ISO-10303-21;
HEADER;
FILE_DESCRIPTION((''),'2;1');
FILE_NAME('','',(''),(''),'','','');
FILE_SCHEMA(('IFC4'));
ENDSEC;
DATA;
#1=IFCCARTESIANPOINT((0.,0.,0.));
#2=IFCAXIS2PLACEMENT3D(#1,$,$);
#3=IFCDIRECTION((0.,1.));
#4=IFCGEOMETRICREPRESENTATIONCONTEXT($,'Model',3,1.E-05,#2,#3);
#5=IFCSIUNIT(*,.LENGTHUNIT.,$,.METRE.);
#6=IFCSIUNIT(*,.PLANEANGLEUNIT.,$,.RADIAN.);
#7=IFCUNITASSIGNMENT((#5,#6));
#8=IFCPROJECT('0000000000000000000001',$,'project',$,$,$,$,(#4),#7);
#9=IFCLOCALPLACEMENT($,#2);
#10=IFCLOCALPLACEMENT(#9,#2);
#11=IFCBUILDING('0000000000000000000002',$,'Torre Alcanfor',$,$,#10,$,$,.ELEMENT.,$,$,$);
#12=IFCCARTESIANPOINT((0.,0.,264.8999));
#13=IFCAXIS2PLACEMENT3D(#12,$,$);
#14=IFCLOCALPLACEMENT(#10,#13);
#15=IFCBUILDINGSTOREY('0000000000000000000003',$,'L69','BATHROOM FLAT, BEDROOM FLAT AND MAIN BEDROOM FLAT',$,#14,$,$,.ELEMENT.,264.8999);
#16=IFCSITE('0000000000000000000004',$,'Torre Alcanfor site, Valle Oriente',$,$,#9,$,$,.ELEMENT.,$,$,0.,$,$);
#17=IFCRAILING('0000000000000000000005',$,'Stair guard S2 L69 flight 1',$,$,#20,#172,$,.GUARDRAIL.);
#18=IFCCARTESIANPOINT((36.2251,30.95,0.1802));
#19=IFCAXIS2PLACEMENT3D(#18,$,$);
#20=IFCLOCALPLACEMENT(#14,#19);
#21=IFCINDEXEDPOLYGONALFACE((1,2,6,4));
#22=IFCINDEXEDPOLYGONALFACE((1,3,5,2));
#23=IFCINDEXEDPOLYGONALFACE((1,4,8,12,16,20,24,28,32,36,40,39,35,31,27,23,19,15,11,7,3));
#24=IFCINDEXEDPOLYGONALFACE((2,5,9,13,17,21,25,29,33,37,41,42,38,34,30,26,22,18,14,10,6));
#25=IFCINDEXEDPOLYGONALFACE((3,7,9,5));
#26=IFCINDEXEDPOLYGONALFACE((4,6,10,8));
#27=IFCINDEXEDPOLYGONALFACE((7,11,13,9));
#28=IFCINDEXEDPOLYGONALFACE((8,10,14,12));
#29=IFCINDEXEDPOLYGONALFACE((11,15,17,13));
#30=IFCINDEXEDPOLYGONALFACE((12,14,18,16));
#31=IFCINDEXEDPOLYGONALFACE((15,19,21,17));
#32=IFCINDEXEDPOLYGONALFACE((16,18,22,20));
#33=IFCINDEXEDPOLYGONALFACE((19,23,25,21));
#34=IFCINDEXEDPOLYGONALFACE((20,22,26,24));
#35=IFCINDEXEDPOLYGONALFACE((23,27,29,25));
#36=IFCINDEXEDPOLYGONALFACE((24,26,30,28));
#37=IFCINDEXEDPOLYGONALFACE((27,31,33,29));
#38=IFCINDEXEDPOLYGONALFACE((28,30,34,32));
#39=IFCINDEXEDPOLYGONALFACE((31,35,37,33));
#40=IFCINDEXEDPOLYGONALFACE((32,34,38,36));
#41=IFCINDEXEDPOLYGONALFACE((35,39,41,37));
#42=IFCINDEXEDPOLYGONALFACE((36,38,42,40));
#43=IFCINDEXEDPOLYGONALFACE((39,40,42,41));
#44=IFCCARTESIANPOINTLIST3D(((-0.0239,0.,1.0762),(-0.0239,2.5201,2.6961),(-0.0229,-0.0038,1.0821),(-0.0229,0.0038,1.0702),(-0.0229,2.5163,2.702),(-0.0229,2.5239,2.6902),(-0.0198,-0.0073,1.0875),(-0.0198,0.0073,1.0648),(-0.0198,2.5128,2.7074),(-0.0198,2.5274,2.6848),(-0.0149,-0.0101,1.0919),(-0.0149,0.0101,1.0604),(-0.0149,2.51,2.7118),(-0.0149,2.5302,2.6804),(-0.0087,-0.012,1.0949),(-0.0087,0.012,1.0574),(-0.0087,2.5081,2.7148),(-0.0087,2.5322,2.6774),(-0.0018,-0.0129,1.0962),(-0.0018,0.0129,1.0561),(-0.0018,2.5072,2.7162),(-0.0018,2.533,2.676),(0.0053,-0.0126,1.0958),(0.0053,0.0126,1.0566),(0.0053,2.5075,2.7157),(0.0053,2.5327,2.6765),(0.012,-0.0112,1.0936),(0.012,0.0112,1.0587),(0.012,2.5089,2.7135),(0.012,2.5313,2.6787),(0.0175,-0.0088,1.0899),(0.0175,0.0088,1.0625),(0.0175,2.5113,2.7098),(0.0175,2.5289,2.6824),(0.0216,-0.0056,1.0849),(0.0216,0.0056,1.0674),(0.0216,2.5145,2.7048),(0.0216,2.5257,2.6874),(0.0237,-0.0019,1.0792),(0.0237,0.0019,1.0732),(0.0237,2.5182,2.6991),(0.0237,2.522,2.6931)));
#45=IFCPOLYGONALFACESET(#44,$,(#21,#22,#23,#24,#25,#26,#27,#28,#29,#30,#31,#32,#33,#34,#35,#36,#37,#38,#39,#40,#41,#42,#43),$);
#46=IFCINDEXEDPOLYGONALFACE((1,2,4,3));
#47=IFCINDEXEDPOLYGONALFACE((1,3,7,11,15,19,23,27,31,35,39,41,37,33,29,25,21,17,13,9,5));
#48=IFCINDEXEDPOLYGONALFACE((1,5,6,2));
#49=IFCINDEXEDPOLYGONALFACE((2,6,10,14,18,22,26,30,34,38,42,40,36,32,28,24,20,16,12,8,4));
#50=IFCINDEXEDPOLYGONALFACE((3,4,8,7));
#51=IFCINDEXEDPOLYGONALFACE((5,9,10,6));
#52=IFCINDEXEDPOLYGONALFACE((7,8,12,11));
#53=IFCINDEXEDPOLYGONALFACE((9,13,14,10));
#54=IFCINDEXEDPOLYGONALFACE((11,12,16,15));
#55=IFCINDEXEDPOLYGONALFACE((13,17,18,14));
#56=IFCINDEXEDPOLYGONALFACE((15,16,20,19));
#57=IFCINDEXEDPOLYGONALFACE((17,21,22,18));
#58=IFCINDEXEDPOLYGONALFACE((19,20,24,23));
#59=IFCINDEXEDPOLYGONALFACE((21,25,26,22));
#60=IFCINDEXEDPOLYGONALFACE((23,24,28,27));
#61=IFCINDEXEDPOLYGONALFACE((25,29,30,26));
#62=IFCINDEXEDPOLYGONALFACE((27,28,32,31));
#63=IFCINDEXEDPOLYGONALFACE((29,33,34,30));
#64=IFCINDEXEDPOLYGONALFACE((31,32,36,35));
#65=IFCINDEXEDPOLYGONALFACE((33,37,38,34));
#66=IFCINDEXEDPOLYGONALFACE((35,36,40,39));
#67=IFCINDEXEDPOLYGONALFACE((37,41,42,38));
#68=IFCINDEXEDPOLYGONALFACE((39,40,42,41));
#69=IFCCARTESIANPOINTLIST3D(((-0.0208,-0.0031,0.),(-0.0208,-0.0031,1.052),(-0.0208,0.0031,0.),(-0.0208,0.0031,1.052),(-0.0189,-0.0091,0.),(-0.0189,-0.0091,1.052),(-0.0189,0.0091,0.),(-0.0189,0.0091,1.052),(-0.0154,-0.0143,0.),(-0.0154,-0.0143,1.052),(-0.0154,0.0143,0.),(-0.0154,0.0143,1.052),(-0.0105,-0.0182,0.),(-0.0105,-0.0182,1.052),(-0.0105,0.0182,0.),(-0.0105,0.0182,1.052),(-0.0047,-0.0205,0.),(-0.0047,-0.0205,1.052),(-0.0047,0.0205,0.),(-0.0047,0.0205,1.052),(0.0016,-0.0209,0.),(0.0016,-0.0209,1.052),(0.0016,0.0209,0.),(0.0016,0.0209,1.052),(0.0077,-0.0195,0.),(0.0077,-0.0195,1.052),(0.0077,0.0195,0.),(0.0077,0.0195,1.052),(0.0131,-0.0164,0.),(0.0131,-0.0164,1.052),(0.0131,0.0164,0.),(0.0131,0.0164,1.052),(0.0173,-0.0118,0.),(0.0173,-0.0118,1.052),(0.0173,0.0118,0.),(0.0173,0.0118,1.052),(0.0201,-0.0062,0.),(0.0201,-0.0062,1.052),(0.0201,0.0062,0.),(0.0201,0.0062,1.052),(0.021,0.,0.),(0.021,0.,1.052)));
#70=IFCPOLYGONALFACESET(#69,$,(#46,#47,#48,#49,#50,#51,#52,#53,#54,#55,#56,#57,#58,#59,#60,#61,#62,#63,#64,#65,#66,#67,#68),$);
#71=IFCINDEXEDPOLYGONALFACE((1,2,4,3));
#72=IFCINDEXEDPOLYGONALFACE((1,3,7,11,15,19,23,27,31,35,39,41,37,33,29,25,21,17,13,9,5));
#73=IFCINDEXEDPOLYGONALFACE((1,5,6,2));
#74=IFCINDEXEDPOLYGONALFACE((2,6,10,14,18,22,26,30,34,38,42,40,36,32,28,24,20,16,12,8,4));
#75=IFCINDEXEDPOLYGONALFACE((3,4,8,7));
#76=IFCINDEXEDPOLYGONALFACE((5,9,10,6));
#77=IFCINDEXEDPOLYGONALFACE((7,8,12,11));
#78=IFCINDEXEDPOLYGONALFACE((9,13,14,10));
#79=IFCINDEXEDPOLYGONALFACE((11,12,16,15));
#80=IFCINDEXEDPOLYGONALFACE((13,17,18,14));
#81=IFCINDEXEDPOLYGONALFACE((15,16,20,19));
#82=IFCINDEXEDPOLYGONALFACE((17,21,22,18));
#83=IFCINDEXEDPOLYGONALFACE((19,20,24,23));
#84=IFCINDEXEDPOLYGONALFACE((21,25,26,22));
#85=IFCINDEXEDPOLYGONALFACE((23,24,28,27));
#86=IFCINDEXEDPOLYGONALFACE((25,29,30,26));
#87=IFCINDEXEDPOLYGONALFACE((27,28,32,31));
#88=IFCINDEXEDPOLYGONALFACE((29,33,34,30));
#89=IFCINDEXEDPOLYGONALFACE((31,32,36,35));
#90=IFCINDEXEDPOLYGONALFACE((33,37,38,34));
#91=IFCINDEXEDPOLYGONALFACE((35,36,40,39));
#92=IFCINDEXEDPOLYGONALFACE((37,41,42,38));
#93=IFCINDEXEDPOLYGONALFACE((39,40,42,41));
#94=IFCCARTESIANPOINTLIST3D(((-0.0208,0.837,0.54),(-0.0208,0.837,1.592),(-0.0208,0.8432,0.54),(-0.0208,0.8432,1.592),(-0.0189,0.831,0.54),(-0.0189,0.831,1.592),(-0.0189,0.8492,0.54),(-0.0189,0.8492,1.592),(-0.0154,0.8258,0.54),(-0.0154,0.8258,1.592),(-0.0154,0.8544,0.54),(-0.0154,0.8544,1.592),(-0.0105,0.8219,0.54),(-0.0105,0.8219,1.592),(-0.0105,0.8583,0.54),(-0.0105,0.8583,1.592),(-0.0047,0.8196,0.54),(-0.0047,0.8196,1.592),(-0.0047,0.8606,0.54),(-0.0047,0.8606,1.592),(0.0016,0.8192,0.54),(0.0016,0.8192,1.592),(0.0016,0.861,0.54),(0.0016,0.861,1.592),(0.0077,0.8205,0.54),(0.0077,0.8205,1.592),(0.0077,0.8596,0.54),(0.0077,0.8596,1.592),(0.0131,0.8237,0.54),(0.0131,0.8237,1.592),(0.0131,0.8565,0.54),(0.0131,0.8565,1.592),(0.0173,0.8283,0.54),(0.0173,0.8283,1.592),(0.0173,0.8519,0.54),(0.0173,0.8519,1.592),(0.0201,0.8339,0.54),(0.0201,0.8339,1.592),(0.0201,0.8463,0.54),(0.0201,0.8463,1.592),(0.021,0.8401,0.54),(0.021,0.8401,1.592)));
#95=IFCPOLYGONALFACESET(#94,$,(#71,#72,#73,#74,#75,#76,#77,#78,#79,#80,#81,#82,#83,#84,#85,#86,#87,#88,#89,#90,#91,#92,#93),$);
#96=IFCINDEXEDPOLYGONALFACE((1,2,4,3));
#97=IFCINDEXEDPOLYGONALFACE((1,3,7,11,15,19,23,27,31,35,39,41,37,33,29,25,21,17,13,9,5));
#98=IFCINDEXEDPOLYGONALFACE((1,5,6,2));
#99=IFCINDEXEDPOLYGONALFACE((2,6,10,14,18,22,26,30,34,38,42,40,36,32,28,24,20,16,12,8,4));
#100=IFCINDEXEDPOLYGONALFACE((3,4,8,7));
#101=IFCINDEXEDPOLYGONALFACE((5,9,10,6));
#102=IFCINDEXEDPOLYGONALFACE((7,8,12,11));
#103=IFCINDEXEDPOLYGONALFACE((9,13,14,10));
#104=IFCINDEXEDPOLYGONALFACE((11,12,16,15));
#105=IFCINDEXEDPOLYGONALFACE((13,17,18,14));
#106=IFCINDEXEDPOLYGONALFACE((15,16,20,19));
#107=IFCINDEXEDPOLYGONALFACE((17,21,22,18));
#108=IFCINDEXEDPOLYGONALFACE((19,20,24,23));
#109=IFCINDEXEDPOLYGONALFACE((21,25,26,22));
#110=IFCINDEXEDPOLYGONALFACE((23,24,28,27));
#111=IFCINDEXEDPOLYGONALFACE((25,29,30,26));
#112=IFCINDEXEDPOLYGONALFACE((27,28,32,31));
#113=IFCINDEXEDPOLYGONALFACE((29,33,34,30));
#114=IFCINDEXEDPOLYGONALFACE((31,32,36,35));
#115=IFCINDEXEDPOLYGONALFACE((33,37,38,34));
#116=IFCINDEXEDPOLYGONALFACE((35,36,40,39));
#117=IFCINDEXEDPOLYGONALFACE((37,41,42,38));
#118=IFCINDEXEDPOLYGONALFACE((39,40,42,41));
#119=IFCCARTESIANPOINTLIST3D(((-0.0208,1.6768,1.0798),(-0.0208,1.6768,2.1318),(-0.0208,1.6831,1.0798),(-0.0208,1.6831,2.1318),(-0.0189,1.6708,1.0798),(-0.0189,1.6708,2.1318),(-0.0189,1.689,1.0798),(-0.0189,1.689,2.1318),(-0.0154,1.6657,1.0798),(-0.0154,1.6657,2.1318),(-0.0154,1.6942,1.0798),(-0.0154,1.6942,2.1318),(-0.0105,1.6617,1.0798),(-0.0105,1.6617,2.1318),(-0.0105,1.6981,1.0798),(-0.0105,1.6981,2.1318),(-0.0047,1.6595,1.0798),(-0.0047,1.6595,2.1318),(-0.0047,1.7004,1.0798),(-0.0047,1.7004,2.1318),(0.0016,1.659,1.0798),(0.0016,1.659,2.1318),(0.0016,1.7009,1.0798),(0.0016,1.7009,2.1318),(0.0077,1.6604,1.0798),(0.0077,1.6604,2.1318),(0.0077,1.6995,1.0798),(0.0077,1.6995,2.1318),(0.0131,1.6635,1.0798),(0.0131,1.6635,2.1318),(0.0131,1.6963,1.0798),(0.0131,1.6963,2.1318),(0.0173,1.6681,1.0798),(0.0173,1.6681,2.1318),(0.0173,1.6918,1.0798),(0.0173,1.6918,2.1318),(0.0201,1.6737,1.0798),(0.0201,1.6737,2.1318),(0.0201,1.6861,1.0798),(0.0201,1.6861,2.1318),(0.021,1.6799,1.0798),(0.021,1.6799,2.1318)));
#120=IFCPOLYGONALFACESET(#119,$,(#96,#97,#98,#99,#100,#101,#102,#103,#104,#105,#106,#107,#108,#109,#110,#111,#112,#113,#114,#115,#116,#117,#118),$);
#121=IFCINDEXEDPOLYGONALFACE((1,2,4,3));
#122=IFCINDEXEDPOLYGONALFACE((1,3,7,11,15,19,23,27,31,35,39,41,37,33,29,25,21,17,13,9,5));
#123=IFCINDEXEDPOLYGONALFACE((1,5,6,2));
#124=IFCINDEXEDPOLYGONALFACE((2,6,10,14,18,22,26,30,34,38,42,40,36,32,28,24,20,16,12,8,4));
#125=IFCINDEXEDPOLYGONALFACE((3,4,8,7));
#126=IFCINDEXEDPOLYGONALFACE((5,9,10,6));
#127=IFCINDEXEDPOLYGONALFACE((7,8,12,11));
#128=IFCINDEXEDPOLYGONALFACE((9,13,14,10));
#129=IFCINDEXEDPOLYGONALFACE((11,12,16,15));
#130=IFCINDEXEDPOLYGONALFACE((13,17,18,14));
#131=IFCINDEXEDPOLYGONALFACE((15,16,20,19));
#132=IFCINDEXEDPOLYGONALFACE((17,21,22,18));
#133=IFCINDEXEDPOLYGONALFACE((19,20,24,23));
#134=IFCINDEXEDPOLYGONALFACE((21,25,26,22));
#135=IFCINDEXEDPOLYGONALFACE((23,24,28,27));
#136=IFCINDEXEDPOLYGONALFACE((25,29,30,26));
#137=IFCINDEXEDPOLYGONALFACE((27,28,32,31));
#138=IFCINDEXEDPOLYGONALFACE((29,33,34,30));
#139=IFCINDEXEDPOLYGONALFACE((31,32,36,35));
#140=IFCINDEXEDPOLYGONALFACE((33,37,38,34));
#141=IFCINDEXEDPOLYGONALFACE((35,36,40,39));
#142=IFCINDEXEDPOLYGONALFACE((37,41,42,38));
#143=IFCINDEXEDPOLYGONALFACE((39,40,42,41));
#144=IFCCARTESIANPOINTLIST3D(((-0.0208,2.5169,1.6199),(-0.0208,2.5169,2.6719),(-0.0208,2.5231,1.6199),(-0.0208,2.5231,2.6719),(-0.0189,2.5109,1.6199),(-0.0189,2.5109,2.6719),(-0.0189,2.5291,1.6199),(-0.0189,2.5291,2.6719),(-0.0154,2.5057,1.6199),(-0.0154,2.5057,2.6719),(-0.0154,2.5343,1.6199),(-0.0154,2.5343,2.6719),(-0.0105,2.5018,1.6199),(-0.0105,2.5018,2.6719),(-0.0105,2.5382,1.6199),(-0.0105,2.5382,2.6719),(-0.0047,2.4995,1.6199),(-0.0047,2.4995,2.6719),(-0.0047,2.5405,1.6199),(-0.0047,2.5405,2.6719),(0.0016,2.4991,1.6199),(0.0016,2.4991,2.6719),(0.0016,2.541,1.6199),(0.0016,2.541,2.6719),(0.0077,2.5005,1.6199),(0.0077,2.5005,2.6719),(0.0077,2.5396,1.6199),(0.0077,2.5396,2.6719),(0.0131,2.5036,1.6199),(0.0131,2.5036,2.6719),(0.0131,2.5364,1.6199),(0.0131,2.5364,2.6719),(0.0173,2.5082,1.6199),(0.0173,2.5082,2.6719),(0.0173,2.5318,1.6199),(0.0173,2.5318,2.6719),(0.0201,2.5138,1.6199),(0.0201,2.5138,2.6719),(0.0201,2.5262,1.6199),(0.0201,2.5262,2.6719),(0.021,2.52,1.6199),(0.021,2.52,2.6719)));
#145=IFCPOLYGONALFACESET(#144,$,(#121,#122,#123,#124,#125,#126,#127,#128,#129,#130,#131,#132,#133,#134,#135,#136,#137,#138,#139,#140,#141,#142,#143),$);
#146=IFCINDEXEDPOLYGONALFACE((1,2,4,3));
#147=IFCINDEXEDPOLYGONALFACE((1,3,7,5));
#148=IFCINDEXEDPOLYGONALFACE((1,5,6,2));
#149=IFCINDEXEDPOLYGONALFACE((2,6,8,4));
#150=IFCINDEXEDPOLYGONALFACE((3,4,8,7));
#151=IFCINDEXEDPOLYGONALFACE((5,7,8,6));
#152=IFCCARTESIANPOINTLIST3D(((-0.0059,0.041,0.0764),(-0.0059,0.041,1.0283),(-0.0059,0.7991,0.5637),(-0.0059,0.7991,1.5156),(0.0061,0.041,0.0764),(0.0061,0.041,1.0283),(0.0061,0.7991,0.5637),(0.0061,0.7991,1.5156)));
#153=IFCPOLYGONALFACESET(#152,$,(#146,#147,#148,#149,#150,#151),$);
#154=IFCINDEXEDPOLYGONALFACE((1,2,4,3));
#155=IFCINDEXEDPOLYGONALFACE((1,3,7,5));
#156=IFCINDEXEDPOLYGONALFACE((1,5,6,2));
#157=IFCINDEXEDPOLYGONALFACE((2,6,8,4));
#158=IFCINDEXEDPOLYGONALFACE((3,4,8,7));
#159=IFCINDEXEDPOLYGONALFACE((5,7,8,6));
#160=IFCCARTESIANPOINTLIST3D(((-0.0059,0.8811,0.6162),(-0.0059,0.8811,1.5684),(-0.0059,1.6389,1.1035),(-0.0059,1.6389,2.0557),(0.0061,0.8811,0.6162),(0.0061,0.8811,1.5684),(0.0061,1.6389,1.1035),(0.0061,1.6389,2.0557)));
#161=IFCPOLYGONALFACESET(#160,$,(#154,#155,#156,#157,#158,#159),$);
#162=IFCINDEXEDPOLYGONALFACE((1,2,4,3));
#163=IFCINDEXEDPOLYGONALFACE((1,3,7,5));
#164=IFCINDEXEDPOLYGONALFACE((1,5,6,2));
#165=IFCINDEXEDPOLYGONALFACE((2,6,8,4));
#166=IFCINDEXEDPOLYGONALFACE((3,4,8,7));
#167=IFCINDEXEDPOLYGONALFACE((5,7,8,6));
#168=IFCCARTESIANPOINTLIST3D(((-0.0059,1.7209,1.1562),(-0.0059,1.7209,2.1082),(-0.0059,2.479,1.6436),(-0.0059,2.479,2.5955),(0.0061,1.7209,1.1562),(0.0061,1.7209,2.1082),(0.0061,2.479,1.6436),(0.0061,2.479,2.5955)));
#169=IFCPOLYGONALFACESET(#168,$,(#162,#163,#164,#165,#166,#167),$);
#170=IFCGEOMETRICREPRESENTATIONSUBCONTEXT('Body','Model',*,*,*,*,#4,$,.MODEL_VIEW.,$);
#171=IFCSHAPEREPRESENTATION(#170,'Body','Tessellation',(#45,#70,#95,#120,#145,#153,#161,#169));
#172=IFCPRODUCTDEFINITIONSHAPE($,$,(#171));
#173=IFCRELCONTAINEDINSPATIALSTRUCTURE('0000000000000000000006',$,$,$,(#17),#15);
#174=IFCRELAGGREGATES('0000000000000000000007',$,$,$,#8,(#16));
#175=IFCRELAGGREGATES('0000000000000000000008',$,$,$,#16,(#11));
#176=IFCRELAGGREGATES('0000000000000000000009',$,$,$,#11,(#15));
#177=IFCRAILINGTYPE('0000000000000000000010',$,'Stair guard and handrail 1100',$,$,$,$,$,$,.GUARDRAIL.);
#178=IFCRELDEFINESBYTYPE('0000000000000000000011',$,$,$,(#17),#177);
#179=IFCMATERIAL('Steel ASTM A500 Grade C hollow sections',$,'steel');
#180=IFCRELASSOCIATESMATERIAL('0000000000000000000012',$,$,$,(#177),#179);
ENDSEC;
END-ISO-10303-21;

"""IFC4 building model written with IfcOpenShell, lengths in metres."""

from ifc_helpers import new_model, si_unit, direction, frame, origin, origin_2d, place, context, subcontext, project, spatial, polyline, circle, outline, extrude, material, type_object, element, save


model = new_model("IFC4")

# Units and contexts
model_context = context("Model", 3, precision=1e-05, world=origin(), true_north=direction((0.0, 1.0)))
body_context = subcontext(model_context, "Body", "Model", "MODEL_VIEW")
ifc_project = project(units=[si_unit("LENGTHUNIT", "METRE"), si_unit("PLANEANGLEUNIT", "RADIAN")], contexts=[model_context])

# Site, building, storey
site_placement = place(None, origin())
site = spatial("IfcSite", under=ifc_project, at=site_placement, Name="Torre Alcanfor site, Valle Oriente", CompositionType="ELEMENT", RefElevation=0.0)
building_placement = place(site_placement, origin())
building = spatial("IfcBuilding", under=site, at=building_placement, Name="Torre Alcanfor", CompositionType="ELEMENT")
storey_placement = place(building_placement, frame((0.0, 0.0, 264.8999)))
storey = spatial("IfcBuildingStorey", under=building, at=storey_placement, Name="L69", Description="BATHROOM FLAT, BEDROOM FLAT AND MAIN BEDROOM FLAT", CompositionType="ELEMENT", Elevation=264.8999)

# Railing
ifc_material_1 = material(Name="Steel ASTM A500 Grade C hollow sections", Category="steel")
railing_type_1 = type_object("IfcRailingType", Name="Stair guard and handrail 1100", PredefinedType="GUARDRAIL", material=ifc_material_1)
railing_1_placement = place(storey_placement, frame((36.2251, 30.95, 0.1802)))
element("IfcRailing", 1, at=railing_1_placement, inside=storey, type_object=railing_type_1, Name="Stair guard S2 L69 flight 1", PredefinedType="GUARDRAIL", context=body_context, shape_type="SweptSolid", body=[
    extrude(circle(Radius=0.0239, at=origin_2d()), frame((0.0, 0.0, 1.0762), z_axis=(0.0, 0.8412, 0.540725), x_axis=(-1.0, 0.0, 0.0)), (0.0, 0.0, 1.0), 2.9958),
    extrude(circle(Radius=0.021, at=origin_2d()), origin(), (0.0, 0.0, 1.0), 1.052),
    extrude(circle(Radius=0.021, at=origin_2d()), frame((0.0, 0.8401, 0.54)), (0.0, 0.0, 1.0), 1.052),
    extrude(circle(Radius=0.021, at=origin_2d()), frame((0.0, 1.6799, 1.0798)), (0.0, 0.0, 1.0), 1.052),
    extrude(circle(Radius=0.021, at=origin_2d()), frame((0.0, 2.52, 1.6199)), (0.0, 0.0, 1.0), 1.052),
    extrude(outline(polyline([(0.041, 0.0764), (0.7991, 0.5637), (0.7991, 1.5156), (0.041, 1.0283), (0.041, 0.0764)])), frame((-0.0059, 0.0, 0.0), z_axis=(1.0, 0.0, 0.0), x_axis=(0.0, 1.0, 0.0)), (0.0, 0.0, 1.0), 0.012),
    extrude(outline(polyline([(0.8811, 0.6162), (1.6389, 1.1035), (1.6389, 2.0557), (0.8811, 1.5684), (0.8811, 0.6162)])), frame((-0.0059, 0.0, 0.0), z_axis=(1.0, 0.0, 0.0), x_axis=(0.0, 1.0, 0.0)), (0.0, 0.0, 1.0), 0.012),
    extrude(outline(polyline([(1.7209, 1.1562), (2.479, 1.6436), (2.479, 2.5955), (1.7209, 2.1082), (1.7209, 1.1562)])), frame((-0.0059, 0.0, 0.0), z_axis=(1.0, 0.0, 0.0), x_axis=(0.0, 1.0, 0.0)), (0.0, 0.0, 1.0), 0.012),
])

save(model, "model.ifc")
